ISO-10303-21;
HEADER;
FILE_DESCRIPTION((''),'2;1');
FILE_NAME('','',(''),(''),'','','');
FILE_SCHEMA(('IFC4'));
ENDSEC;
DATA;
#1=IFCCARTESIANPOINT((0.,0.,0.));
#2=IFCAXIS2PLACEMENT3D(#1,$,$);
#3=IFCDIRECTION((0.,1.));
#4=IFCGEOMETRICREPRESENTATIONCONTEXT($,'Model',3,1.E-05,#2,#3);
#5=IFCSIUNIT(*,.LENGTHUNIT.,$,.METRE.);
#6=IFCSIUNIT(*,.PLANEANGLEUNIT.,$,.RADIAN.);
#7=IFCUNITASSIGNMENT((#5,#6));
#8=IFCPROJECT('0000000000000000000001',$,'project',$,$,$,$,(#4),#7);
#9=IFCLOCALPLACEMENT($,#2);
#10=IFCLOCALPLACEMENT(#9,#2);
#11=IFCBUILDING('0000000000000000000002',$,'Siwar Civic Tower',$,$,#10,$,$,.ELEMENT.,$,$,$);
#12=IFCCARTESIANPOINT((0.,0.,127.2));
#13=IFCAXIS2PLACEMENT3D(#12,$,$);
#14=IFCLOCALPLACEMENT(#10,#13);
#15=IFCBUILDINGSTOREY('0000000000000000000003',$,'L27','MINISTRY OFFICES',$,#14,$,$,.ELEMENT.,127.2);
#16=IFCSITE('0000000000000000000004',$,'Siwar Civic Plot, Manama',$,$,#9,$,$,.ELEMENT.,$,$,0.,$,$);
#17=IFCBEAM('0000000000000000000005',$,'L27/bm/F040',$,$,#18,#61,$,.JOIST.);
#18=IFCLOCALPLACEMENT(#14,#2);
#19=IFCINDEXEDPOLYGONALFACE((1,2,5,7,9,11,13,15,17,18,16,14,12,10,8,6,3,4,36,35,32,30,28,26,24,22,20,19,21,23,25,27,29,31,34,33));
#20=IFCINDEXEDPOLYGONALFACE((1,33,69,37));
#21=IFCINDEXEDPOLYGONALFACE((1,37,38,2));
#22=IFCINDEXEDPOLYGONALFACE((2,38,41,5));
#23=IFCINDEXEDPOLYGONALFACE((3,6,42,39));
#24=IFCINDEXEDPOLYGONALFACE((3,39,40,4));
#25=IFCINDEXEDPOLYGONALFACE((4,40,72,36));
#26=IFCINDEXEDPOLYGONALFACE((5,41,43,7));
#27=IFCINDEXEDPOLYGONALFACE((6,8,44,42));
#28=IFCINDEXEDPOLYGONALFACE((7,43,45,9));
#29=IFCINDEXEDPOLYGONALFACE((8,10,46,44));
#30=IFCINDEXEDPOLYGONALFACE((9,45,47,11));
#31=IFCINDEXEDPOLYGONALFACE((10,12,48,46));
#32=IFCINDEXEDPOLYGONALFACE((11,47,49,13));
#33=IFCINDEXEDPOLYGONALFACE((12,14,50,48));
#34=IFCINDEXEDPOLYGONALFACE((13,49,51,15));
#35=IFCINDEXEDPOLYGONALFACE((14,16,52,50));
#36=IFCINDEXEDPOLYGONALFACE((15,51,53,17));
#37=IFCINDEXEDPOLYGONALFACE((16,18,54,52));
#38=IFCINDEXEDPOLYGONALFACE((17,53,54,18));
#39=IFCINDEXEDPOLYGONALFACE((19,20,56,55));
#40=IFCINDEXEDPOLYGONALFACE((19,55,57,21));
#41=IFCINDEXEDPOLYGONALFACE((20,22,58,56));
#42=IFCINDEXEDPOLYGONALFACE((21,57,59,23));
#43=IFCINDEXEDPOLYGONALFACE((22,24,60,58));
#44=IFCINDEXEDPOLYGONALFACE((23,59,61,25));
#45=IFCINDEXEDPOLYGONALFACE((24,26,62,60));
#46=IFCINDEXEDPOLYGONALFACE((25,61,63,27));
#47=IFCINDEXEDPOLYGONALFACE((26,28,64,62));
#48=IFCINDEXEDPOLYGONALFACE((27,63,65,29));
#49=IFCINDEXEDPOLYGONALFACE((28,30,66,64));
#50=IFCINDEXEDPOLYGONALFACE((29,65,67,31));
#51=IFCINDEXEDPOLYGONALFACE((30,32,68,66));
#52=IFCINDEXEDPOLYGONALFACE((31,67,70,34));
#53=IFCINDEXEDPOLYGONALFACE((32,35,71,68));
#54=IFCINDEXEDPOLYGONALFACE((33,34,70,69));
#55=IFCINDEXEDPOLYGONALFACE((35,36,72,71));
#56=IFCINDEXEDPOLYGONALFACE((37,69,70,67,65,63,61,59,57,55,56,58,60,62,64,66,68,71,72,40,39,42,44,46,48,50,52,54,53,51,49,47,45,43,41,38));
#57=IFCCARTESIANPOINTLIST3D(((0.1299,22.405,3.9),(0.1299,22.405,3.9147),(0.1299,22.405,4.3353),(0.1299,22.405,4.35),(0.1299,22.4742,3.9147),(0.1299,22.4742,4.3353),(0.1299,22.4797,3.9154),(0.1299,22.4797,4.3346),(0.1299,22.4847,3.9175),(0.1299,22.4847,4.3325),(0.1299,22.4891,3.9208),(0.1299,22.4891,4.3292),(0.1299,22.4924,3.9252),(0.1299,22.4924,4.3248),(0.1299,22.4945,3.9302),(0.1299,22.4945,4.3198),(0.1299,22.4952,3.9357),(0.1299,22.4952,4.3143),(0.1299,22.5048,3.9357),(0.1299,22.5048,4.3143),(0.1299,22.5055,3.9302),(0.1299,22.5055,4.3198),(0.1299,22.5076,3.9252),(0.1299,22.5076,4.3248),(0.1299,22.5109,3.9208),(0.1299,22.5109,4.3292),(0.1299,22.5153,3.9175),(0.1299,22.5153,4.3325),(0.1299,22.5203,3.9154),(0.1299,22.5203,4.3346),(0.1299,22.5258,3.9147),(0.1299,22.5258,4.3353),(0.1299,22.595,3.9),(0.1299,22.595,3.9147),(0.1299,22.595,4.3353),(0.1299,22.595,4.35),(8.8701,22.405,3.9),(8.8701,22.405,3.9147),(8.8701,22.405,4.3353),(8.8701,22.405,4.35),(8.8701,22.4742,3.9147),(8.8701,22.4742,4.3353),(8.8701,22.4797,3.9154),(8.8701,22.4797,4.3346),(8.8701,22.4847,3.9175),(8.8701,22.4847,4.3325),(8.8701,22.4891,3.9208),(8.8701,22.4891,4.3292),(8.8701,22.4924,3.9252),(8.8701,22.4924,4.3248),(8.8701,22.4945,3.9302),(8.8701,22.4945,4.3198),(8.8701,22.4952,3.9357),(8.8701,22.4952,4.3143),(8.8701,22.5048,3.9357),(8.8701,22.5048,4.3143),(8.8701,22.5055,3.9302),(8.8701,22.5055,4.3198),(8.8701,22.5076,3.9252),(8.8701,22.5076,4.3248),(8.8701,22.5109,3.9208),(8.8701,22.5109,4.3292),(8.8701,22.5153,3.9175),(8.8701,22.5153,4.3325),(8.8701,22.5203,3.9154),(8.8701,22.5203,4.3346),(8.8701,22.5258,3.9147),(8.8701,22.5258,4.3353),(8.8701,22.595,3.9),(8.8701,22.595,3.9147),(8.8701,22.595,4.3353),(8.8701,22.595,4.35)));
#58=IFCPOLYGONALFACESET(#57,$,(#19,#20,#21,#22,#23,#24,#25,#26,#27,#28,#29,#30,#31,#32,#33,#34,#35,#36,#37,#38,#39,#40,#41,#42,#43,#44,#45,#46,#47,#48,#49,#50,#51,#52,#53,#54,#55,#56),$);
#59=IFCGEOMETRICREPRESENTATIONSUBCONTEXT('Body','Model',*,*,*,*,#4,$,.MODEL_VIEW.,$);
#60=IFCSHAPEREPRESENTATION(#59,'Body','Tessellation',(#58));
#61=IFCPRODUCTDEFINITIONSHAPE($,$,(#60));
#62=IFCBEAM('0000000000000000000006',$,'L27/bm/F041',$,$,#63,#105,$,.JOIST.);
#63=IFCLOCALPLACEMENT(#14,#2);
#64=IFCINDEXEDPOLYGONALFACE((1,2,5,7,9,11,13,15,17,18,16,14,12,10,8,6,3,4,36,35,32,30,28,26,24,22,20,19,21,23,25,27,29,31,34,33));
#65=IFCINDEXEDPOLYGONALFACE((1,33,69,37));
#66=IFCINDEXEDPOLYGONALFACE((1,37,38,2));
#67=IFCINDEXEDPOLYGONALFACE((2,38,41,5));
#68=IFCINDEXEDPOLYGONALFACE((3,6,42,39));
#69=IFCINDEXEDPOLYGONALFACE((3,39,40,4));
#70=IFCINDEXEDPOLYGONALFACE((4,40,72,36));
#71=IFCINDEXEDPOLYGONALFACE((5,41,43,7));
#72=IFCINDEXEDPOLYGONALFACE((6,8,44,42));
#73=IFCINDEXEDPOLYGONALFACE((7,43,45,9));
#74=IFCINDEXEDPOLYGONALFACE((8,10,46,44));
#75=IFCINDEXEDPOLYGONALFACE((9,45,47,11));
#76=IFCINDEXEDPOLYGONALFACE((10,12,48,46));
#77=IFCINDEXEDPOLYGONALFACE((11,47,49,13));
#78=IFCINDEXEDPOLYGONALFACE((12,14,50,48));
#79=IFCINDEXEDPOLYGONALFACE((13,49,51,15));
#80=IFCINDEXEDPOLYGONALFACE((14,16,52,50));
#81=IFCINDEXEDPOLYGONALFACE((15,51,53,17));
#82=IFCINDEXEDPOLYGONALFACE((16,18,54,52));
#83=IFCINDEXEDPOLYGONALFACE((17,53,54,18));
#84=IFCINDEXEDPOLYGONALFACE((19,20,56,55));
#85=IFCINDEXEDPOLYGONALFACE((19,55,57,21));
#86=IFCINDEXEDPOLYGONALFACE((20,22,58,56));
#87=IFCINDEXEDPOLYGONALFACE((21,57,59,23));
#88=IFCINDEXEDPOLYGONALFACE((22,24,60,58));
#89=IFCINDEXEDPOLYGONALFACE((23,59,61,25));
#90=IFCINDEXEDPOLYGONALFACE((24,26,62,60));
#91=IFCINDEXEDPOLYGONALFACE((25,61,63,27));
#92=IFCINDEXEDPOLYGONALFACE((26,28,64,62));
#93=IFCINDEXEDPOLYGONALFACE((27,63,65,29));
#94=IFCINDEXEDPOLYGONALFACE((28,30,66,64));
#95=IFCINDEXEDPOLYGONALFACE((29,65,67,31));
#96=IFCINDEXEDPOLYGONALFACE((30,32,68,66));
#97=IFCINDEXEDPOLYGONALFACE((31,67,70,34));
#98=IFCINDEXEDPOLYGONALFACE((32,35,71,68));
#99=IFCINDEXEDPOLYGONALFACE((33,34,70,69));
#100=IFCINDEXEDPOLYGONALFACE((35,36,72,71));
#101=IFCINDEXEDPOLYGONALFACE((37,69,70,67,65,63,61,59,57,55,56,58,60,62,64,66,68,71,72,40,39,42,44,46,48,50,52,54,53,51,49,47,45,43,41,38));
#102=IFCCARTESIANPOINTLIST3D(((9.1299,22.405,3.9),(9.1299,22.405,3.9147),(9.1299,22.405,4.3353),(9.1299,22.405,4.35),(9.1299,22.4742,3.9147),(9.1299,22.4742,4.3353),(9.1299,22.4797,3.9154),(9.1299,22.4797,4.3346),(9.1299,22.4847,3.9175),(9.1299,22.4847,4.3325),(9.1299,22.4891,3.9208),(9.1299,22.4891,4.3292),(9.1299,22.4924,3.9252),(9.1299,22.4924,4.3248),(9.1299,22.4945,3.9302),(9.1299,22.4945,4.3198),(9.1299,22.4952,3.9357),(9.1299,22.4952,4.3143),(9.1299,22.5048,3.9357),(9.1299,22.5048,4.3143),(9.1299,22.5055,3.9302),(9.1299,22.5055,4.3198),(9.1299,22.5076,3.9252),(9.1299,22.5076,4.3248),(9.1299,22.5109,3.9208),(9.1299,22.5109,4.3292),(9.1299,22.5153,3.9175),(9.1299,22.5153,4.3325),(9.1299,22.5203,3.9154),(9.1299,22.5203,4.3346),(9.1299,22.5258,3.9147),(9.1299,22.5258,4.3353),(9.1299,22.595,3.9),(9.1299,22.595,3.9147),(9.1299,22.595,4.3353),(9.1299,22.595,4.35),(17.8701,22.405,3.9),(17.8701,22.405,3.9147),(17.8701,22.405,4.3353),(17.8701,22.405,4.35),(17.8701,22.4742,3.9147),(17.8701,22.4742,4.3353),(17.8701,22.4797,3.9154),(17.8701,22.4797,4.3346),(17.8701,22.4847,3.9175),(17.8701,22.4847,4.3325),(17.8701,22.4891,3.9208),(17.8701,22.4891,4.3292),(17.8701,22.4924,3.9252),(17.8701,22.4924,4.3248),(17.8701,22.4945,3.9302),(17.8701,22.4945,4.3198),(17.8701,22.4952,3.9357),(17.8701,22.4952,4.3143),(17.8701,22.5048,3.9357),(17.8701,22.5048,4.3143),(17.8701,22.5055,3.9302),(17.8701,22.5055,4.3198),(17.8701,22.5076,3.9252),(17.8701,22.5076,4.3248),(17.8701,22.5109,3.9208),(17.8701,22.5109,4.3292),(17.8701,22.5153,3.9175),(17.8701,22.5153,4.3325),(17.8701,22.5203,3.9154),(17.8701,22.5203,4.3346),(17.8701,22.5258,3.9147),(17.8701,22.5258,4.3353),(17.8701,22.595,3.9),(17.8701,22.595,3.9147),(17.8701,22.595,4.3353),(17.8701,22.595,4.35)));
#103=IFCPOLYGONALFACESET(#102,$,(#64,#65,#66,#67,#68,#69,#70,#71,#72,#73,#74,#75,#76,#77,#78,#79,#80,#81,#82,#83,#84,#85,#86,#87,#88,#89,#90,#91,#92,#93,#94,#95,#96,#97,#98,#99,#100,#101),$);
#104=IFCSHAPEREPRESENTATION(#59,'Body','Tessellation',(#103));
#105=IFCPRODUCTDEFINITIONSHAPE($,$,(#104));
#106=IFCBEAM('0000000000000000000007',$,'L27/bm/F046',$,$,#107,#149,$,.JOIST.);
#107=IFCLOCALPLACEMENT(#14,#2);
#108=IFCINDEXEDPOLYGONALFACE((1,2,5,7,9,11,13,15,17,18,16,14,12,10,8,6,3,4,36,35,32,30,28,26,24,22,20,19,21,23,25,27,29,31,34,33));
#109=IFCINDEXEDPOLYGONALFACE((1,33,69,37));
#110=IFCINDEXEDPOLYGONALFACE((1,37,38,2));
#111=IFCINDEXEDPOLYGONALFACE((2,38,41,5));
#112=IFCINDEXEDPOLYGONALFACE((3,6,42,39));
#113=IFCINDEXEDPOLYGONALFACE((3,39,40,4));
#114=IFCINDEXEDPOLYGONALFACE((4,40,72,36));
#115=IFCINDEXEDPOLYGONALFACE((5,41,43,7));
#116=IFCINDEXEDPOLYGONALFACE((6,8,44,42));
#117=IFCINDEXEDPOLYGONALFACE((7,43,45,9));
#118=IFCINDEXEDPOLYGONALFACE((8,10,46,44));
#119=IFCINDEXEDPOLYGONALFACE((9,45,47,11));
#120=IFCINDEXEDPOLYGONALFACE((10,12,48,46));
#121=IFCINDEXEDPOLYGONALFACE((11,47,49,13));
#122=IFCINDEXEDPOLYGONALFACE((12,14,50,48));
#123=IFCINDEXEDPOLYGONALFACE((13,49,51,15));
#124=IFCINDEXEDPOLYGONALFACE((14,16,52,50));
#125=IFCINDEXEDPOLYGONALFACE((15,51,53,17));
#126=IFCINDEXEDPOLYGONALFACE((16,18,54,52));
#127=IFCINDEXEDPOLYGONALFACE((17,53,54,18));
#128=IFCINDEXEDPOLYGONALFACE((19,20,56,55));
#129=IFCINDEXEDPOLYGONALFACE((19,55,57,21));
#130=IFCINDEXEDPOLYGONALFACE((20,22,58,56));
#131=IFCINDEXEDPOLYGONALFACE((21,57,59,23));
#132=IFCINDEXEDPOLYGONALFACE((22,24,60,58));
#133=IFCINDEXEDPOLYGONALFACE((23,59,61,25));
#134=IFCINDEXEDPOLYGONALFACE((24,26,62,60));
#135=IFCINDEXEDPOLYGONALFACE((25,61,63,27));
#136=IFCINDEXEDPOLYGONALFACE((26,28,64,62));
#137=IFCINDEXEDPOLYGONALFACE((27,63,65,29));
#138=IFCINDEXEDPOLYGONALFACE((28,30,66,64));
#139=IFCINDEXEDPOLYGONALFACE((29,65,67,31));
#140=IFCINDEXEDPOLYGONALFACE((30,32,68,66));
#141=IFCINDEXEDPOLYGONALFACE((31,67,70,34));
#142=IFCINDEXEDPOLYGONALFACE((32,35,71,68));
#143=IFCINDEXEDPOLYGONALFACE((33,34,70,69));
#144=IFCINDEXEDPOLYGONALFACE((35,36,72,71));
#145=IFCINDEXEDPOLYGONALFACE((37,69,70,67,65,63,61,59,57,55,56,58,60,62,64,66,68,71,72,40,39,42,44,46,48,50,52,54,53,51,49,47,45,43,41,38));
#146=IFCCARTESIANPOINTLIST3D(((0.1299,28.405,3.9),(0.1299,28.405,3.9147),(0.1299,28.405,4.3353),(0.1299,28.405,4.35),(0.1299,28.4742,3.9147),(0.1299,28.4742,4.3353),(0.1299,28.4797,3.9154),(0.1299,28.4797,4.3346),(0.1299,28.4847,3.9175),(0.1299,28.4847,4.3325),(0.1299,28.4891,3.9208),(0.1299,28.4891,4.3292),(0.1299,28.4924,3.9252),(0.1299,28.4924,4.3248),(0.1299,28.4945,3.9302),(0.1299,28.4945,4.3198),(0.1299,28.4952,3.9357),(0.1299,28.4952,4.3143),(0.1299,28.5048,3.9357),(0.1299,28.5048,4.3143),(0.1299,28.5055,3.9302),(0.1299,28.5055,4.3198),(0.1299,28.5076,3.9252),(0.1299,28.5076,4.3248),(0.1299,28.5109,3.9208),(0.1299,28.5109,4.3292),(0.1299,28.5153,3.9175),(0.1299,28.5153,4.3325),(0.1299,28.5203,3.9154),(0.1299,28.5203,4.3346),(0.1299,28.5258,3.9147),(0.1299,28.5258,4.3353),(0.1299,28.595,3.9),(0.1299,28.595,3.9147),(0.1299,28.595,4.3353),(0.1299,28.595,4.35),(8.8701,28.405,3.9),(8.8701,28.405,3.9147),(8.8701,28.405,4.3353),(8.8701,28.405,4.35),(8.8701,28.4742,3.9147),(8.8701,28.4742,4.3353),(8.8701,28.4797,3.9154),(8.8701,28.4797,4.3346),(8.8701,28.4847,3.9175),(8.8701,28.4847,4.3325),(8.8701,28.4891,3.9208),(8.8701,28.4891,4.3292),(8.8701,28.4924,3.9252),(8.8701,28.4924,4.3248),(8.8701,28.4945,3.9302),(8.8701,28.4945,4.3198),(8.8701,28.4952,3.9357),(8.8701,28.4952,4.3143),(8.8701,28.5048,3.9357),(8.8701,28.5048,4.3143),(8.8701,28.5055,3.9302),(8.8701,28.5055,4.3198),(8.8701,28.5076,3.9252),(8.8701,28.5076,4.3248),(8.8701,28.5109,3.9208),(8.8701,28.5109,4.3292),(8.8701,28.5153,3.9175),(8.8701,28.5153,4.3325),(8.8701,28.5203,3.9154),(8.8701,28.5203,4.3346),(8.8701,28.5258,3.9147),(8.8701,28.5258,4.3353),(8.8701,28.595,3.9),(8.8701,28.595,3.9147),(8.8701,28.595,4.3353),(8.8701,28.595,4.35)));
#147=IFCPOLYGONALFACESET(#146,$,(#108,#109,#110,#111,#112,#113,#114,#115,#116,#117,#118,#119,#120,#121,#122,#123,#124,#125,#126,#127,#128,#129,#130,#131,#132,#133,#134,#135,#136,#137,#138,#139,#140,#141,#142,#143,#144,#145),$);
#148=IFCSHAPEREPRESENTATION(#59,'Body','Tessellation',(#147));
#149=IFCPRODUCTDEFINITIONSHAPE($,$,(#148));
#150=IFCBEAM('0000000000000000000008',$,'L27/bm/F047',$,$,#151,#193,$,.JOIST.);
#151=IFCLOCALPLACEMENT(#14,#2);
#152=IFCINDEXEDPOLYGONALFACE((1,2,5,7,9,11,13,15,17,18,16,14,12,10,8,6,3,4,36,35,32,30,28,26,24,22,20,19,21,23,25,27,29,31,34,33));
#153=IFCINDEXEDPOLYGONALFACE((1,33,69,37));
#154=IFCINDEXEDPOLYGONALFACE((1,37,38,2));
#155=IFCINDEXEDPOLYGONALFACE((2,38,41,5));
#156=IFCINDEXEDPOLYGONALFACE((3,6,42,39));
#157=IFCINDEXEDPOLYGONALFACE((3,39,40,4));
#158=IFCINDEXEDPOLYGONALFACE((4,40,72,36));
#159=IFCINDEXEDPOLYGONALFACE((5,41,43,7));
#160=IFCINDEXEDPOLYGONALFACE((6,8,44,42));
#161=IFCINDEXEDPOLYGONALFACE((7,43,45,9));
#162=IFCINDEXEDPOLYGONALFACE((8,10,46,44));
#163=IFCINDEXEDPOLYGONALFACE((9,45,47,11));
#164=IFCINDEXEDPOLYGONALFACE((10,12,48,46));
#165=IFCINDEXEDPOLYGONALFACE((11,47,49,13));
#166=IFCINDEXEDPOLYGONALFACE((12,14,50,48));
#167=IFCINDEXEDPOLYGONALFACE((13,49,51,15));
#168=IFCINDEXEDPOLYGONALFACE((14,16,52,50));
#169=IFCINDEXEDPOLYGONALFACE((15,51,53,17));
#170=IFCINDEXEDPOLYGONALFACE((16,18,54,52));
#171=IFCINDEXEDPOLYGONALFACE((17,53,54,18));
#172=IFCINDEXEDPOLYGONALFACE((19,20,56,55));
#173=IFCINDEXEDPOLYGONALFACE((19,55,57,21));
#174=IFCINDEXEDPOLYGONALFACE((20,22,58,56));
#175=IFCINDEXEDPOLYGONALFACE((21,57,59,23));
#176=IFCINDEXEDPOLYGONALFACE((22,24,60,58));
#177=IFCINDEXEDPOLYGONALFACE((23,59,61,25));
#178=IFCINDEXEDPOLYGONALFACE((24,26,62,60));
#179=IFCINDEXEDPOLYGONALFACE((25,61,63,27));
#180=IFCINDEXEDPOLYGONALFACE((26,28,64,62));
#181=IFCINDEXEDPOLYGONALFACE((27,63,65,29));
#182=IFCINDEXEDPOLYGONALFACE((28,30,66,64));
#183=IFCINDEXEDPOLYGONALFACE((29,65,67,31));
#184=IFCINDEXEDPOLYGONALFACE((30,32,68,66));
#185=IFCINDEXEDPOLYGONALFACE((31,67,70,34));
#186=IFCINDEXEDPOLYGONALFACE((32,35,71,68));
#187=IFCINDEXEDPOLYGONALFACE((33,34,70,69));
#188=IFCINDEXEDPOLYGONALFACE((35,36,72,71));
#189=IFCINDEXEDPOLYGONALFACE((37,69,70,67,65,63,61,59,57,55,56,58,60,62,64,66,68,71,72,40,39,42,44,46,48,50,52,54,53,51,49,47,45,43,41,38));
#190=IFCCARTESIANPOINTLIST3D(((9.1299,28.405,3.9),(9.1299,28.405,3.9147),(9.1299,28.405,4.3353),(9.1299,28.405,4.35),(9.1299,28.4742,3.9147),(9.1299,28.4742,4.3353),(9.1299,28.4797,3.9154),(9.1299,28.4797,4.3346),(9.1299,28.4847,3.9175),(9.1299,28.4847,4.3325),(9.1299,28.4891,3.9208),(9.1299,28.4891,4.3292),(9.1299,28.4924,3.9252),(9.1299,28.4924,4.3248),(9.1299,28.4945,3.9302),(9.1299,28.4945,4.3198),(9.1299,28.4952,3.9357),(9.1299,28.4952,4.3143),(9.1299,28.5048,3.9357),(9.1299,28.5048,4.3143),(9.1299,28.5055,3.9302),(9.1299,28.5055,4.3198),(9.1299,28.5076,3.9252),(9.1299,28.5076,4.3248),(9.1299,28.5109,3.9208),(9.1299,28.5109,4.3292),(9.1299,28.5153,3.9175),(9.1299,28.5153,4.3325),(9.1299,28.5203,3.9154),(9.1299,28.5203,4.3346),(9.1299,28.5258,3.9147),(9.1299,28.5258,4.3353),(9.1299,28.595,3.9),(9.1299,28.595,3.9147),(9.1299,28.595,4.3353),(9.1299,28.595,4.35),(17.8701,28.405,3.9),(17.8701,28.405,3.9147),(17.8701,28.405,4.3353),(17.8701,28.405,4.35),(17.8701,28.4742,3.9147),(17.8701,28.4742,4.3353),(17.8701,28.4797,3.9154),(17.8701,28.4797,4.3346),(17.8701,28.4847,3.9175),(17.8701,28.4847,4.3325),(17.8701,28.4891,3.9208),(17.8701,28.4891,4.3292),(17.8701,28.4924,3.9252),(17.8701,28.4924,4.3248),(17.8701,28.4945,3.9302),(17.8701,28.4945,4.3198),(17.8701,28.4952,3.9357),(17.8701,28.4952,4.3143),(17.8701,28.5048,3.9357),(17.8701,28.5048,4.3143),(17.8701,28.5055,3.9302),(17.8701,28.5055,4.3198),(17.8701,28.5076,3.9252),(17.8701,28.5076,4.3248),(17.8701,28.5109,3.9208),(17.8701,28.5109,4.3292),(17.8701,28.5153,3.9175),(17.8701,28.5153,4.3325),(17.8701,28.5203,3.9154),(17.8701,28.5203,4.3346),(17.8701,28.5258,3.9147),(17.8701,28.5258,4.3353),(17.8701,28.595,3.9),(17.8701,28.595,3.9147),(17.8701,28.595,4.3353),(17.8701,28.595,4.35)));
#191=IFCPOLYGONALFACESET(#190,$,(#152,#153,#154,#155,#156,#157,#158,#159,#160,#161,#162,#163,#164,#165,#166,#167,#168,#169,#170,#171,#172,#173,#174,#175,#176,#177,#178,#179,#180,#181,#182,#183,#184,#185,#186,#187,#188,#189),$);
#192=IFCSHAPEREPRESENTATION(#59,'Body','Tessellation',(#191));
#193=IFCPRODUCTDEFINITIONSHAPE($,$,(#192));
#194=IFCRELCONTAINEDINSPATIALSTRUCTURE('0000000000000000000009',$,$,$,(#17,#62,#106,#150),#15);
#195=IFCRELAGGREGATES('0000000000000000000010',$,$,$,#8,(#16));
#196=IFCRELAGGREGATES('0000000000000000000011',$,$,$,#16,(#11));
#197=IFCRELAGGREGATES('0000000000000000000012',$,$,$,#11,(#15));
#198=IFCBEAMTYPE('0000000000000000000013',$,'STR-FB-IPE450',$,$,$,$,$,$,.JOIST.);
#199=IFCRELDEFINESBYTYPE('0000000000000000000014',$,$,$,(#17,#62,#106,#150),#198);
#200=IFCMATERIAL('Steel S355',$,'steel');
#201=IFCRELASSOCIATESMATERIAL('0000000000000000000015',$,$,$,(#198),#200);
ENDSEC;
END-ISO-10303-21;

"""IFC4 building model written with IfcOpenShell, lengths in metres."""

from ifc_helpers import new_model, si_unit, direction, frame, origin, origin_2d, place, context, subcontext, project, spatial, i_section, extrude, material, material_profile, profile_set, type_object, element, save


model = new_model("IFC4")

# Units and contexts
model_context = context("Model", 3, precision=1e-05, world=origin(), true_north=direction((0.0, 1.0)))
body_context = subcontext(model_context, "Body", "Model", "MODEL_VIEW")
ifc_project = project(units=[si_unit("LENGTHUNIT", "METRE"), si_unit("PLANEANGLEUNIT", "RADIAN")], contexts=[model_context])

# Site, building, storey
site_placement = place(None, origin())
site = spatial("IfcSite", under=ifc_project, at=site_placement, Name="Siwar Civic Plot, Manama", CompositionType="ELEMENT", RefElevation=0.0)
building_placement = place(site_placement, origin())
building = spatial("IfcBuilding", under=site, at=building_placement, Name="Siwar Civic Tower", CompositionType="ELEMENT")
storey_placement = place(building_placement, frame((0.0, 0.0, 127.2)))
storey = spatial("IfcBuildingStorey", under=building, at=storey_placement, Name="L27", Description="MINISTRY OFFICES", CompositionType="ELEMENT", Elevation=127.2)

# Beams
ifc_material_1 = material(Name="Steel S355", Category="steel")
ifc_material_profile_1 = material_profile(ifc_material_1, i_section(OverallWidth=0.1899, OverallDepth=0.45, WebThickness=0.0095, FlangeThickness=0.0146, FilletRadius=0.021, at=origin_2d()), Name="IPE450")
ifc_profile_set_1 = profile_set([ifc_material_profile_1], Name="Steel S355")
beam_type_1 = type_object("IfcBeamType", Name="STR-FB-IPE450", PredefinedType="JOIST", material=ifc_profile_set_1)
for number, where, z_axis, x_axis, name in (
    (1, (0.1299, 22.5, 4.125), (1.0, 0.0, 0.0), (0.0, 1.0, 0.0), "L27/bm/F040"),
    (2, (9.1299, 22.5, 4.125), (1.0, 0.0, 0.0), (0.0, 1.0, 0.0), "L27/bm/F041"),
    (3, (0.1299, 28.5, 4.125), (1.0, 0.0, 0.0), (0.0, 1.0, 0.0), "L27/bm/F046"),
    (4, (9.1299, 28.5, 4.125), (1.0, 0.0, 0.0), (0.0, 1.0, 0.0), "L27/bm/F047"),
):
    element("IfcBeam", number, at=place(storey_placement, frame(where, z_axis=z_axis, x_axis=x_axis)), inside=storey, type_object=beam_type_1, Name=name, PredefinedType="JOIST", context=body_context, shape_type="SweptSolid", body=[
        extrude(i_section(OverallWidth=0.1899, OverallDepth=0.45, WebThickness=0.0095, FlangeThickness=0.0146, FilletRadius=0.021, at=origin_2d()), origin(), (0.0, 0.0, 1.0), 8.7402),
    ])

save(model, "model.ifc")
